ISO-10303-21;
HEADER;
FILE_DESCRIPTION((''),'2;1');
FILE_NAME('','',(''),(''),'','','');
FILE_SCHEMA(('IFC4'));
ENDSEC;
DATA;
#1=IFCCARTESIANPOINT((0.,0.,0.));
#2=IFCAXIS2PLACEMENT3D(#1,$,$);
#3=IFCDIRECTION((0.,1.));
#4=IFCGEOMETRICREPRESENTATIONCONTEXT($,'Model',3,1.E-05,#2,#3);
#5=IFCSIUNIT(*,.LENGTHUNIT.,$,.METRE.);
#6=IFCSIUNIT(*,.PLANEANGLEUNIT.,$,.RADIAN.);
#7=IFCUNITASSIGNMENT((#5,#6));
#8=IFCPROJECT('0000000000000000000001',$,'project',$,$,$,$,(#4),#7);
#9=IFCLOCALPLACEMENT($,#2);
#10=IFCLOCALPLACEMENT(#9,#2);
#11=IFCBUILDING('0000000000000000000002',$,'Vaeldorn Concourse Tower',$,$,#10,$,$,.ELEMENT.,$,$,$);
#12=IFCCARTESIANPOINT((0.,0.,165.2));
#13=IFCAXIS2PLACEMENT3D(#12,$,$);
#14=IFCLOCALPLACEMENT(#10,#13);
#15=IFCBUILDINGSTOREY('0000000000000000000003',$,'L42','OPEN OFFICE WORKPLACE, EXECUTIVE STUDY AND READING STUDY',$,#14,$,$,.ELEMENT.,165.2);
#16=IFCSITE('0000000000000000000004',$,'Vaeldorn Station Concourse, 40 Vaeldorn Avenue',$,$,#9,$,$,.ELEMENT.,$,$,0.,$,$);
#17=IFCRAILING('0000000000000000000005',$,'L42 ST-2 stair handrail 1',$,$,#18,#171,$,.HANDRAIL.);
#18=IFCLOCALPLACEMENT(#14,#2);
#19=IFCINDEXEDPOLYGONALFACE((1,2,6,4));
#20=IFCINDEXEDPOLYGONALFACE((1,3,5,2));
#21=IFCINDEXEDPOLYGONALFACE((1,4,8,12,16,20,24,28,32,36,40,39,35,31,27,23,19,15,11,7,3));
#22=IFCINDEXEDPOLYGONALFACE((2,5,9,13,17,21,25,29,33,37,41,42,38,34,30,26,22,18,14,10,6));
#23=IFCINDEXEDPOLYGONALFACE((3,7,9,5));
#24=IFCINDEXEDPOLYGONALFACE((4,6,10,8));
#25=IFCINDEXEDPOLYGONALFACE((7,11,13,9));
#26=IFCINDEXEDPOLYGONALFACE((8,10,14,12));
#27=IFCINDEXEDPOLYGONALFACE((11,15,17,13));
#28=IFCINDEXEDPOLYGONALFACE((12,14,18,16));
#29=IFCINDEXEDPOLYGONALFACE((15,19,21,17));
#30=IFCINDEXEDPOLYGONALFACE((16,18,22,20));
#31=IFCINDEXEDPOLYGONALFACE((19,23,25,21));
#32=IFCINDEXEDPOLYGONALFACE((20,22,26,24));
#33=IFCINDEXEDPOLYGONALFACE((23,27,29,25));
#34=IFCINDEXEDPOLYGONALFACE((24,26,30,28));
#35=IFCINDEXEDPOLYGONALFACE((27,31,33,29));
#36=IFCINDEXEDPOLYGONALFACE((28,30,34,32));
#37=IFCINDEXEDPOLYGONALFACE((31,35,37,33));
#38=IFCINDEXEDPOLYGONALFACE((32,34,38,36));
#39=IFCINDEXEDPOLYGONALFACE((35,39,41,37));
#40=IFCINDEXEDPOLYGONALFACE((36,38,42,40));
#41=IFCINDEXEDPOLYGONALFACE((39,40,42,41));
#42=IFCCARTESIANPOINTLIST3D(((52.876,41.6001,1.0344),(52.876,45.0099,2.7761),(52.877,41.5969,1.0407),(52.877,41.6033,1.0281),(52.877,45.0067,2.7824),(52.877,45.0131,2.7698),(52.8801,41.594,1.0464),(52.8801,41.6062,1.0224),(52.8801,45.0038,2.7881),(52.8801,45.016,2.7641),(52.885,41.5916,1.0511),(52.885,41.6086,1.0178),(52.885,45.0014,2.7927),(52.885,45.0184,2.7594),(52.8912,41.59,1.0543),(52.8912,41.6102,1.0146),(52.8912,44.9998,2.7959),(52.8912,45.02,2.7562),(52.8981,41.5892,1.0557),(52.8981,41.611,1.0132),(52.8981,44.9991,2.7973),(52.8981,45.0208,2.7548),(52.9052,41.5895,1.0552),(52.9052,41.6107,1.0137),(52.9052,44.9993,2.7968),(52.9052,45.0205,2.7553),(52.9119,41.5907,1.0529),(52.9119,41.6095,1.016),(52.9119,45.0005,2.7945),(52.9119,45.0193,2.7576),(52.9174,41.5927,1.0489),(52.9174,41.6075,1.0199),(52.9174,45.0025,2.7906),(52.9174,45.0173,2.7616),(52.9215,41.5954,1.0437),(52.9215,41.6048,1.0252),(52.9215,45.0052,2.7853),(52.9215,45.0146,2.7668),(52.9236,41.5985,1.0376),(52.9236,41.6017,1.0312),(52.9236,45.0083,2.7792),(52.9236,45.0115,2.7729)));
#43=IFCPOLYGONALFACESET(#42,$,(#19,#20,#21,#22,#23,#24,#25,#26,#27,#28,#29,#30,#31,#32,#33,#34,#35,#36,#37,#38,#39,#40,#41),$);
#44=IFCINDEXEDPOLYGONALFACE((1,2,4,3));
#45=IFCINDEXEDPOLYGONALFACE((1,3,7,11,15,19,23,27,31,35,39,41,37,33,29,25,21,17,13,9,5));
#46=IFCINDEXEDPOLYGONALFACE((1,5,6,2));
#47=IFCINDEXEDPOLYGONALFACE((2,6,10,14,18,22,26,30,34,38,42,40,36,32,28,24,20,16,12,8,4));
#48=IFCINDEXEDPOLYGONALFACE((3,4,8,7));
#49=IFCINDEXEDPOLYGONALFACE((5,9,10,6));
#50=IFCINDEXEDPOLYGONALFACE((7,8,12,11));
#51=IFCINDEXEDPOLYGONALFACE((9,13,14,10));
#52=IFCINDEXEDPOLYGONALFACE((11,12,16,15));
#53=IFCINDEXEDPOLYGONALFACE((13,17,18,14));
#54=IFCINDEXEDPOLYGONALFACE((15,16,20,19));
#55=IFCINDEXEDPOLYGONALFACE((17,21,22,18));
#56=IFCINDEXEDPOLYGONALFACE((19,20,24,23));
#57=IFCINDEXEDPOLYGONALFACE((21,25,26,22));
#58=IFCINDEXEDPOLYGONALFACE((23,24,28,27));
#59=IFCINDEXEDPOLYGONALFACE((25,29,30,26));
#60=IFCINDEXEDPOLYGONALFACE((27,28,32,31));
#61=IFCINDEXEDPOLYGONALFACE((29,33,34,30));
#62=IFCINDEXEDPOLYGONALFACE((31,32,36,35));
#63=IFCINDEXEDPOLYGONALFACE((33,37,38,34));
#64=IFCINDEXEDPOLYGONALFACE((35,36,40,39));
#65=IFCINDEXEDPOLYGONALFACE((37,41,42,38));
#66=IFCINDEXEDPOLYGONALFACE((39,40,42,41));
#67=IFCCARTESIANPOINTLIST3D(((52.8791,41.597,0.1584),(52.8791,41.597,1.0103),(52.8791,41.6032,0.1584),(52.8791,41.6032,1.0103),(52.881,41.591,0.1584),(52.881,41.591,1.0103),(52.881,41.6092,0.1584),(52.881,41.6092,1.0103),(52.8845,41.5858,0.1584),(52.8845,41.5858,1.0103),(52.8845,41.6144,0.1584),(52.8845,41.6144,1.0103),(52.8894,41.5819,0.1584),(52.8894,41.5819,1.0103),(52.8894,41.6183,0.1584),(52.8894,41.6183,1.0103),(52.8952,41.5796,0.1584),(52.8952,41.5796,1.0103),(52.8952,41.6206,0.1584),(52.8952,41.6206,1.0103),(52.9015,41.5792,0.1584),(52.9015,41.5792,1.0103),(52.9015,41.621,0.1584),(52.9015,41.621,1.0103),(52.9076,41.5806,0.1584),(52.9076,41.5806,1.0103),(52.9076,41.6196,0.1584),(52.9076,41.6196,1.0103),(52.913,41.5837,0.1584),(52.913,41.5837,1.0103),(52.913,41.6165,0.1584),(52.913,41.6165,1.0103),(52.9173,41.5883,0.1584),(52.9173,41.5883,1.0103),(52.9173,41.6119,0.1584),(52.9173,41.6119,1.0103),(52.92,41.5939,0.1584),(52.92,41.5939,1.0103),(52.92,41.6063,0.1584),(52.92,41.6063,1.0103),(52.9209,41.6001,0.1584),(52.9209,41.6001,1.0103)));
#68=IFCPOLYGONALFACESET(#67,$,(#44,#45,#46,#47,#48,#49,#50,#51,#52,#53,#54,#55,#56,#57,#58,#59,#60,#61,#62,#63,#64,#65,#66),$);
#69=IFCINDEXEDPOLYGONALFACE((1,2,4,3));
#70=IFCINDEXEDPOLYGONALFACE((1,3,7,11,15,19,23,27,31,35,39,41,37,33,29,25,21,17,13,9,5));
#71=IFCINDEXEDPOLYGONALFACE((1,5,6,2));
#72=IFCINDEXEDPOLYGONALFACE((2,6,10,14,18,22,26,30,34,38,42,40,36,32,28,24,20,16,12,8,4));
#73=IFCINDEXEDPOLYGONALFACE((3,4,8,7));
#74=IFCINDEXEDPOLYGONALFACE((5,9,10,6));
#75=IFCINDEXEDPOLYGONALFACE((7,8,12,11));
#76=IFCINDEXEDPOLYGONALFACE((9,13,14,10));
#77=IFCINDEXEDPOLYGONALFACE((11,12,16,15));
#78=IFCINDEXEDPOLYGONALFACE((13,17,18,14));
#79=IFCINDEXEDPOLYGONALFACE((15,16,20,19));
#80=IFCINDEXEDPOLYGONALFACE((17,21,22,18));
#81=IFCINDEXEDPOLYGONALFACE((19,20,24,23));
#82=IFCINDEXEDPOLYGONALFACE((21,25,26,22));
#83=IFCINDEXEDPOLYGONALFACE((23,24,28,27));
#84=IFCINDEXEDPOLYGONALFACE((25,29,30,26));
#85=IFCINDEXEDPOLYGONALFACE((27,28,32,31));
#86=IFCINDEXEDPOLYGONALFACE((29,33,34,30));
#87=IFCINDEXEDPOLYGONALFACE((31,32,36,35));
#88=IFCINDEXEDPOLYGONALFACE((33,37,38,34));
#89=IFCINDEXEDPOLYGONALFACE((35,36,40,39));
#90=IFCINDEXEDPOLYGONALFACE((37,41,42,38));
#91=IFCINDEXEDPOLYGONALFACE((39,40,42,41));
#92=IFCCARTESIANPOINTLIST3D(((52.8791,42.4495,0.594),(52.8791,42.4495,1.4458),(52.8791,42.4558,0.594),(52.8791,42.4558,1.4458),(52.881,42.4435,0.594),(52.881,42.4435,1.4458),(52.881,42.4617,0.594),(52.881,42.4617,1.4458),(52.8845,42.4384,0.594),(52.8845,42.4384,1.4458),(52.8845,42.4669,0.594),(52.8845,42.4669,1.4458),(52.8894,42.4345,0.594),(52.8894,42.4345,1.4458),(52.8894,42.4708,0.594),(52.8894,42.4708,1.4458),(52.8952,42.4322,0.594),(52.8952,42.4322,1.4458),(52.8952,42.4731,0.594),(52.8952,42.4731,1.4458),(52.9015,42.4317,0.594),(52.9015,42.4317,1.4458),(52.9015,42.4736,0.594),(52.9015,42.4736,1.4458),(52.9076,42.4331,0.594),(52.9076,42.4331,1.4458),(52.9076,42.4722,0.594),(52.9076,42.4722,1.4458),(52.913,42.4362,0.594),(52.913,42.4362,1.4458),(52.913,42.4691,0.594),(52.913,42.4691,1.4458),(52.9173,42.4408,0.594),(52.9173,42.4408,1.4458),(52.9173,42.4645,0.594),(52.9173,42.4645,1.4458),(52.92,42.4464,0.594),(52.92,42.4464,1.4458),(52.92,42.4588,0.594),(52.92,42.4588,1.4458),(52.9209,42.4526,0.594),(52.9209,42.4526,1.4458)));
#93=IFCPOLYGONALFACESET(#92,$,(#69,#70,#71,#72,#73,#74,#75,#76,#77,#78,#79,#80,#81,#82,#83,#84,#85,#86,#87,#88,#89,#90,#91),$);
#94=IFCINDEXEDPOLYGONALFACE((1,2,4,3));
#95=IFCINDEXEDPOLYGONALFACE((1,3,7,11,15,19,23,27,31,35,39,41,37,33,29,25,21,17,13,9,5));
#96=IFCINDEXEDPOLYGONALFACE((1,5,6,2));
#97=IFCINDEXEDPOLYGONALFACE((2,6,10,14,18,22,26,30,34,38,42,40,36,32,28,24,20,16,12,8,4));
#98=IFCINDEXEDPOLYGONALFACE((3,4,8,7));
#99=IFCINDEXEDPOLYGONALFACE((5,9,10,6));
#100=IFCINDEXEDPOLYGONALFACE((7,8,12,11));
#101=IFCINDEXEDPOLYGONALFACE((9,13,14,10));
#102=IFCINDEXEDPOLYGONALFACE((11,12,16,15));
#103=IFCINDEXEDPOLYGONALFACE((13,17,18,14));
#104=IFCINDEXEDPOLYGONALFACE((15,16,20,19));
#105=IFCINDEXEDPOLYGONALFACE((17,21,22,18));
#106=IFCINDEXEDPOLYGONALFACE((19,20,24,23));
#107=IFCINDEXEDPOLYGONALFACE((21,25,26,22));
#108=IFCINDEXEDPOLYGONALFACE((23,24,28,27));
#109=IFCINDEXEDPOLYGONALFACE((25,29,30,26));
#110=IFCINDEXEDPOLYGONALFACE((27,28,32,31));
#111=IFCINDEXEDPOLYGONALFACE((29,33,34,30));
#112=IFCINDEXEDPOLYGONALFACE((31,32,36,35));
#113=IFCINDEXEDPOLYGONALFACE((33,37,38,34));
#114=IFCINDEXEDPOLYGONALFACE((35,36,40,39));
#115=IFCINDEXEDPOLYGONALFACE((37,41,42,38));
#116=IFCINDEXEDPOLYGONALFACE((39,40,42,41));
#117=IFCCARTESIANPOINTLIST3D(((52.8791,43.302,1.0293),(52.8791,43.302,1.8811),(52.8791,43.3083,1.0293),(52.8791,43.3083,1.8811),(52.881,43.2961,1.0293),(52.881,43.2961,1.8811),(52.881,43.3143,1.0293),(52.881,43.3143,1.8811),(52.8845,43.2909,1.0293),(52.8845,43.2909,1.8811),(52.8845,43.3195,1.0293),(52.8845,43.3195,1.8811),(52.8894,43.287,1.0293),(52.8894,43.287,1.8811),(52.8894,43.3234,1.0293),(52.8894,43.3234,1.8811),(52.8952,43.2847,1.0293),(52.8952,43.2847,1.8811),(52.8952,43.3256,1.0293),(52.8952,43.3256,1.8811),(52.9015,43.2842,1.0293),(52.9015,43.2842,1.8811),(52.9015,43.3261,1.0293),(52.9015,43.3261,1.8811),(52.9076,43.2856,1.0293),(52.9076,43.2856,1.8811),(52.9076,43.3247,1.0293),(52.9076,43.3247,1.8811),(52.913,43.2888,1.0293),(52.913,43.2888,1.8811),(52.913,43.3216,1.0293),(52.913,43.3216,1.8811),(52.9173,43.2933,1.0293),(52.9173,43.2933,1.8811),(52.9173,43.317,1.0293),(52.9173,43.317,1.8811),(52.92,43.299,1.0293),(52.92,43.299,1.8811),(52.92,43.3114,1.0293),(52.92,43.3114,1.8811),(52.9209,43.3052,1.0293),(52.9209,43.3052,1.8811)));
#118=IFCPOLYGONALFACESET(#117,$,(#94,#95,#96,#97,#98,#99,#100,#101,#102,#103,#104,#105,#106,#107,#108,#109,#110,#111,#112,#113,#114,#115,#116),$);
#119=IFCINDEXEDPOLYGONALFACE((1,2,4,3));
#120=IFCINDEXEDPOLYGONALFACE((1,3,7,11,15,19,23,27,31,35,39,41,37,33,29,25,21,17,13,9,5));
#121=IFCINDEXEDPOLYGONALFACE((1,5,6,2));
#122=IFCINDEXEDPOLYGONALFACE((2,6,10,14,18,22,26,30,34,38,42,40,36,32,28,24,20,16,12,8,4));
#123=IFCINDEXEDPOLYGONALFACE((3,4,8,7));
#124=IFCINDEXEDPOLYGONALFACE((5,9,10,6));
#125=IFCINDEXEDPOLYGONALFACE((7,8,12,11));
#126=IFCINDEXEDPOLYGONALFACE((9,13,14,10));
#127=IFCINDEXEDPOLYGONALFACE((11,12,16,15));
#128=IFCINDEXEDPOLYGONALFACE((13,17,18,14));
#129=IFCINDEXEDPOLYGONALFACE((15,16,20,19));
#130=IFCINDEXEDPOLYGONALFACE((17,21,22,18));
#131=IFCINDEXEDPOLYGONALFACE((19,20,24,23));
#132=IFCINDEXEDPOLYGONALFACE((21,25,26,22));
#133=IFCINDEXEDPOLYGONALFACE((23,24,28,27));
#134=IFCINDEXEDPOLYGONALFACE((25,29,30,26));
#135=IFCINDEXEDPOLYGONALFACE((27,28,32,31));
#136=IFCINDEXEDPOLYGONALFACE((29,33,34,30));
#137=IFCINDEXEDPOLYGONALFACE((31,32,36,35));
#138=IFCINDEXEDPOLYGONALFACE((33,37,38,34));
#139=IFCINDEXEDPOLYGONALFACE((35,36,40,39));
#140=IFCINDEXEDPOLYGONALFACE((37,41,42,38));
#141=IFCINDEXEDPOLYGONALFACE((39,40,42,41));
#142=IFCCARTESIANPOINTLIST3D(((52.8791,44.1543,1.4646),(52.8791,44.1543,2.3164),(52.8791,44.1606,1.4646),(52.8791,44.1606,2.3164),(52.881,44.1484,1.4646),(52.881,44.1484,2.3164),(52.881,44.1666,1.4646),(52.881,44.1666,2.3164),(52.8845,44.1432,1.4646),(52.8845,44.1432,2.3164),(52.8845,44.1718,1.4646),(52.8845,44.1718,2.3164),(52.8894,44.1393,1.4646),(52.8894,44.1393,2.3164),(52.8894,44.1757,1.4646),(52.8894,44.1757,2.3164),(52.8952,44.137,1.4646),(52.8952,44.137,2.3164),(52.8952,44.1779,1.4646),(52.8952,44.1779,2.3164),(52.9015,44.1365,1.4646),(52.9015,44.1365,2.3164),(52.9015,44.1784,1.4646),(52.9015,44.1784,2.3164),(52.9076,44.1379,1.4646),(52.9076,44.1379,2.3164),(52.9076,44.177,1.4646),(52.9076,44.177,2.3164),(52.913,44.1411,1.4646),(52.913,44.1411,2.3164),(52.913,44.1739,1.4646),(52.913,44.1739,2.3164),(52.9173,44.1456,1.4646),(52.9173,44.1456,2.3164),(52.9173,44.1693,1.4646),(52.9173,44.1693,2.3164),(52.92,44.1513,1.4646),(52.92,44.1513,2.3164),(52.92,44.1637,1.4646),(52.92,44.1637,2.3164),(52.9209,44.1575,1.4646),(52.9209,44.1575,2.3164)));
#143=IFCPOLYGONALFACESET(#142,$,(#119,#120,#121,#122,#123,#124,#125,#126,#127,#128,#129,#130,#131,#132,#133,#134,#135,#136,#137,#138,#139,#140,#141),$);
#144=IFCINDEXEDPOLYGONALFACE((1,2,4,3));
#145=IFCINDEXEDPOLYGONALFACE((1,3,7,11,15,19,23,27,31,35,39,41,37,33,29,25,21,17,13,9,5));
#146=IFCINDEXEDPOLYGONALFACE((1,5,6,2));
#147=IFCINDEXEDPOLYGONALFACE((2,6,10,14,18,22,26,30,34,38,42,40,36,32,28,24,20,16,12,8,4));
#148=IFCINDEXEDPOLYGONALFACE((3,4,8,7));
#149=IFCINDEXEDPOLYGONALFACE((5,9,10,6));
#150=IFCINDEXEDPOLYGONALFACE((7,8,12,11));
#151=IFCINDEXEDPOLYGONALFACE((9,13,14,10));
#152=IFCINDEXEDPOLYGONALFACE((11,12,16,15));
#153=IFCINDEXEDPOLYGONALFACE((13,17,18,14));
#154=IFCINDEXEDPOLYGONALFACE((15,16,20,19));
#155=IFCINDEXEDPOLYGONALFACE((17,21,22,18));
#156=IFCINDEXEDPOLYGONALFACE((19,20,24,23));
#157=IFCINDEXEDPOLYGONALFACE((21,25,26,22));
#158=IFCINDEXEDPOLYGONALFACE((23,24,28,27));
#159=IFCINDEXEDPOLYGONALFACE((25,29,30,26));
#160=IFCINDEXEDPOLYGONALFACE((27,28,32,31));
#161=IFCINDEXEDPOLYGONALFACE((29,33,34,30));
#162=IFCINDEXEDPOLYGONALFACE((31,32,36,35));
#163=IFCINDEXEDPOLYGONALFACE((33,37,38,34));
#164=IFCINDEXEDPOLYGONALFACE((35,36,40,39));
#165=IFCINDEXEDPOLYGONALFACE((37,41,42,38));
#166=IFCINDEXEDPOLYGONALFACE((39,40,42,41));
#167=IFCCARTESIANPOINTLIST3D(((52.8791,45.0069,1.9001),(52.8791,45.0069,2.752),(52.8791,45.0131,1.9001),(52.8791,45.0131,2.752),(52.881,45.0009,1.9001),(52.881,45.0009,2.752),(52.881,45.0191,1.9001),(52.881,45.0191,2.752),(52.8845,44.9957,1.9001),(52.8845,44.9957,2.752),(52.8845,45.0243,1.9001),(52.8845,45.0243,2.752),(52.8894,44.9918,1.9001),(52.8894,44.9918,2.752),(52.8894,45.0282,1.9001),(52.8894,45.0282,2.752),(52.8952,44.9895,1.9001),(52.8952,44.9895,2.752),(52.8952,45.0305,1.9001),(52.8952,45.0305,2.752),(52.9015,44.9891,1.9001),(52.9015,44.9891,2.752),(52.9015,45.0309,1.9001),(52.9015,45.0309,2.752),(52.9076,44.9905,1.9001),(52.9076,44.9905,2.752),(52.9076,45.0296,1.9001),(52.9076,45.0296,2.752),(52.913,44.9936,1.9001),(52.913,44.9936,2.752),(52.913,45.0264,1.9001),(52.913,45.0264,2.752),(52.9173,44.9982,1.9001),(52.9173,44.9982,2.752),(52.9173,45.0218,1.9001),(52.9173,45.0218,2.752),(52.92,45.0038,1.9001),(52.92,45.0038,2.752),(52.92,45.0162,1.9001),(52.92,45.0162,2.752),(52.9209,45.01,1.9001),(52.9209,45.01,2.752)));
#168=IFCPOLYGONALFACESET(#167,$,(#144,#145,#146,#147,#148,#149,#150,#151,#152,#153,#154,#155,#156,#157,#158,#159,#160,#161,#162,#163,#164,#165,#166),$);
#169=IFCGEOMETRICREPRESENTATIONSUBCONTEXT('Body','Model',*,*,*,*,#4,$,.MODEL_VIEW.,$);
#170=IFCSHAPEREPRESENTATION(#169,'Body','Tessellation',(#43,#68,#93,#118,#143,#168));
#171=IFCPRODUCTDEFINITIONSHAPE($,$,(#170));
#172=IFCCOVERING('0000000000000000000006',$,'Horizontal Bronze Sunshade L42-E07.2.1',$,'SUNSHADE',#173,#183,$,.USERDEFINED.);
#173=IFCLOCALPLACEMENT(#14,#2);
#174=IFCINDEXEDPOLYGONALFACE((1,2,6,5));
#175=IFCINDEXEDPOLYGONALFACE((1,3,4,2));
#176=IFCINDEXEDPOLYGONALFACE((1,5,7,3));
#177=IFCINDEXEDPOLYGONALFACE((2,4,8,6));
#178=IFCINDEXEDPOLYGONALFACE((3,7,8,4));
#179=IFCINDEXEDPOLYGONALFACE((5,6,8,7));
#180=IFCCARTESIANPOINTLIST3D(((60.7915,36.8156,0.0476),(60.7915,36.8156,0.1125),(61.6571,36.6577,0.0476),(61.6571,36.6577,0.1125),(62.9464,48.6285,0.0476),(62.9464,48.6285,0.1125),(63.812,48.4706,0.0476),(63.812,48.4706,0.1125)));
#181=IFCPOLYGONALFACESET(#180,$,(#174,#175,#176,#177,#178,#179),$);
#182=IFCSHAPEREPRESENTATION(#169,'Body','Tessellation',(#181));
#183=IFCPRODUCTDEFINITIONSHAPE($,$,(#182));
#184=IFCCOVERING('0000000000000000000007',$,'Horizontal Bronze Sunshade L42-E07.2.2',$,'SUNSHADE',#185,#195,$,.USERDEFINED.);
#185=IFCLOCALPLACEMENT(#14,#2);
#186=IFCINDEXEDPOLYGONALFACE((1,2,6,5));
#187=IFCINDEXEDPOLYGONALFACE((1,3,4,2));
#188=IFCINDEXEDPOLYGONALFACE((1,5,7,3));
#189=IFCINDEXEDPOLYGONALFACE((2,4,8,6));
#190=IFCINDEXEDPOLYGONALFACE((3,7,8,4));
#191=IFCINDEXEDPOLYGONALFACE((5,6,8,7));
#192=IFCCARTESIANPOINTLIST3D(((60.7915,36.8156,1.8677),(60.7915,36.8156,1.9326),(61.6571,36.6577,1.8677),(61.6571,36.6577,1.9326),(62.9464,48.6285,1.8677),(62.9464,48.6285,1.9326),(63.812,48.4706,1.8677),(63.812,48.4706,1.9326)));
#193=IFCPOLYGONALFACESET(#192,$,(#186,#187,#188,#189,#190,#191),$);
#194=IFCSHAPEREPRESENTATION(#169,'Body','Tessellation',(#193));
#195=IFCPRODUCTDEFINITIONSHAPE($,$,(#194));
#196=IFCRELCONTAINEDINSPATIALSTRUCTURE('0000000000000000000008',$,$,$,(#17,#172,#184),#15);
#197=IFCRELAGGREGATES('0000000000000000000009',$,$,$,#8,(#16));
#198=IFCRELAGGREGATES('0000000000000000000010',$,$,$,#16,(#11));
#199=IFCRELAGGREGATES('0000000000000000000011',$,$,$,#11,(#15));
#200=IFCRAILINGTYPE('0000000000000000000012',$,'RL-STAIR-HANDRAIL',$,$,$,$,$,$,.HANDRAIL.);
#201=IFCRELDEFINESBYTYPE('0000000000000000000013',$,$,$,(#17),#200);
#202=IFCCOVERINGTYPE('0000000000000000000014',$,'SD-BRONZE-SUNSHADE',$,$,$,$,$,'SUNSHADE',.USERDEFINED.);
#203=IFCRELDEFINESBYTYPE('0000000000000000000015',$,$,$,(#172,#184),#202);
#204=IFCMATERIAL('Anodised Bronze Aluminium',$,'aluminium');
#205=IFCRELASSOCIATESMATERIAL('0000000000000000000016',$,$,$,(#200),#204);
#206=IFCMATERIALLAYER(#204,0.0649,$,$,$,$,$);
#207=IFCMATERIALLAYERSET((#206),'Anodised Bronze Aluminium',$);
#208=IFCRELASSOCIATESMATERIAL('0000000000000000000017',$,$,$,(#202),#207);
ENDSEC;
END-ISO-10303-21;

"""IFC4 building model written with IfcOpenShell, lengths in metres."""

from ifc_helpers import new_model, si_unit, direction, frame, origin, origin_2d, place, context, subcontext, project, spatial, rectangle, circle, extrude, source, transform, mapped, material, layer, layer_set, type_object, element, save


model = new_model("IFC4")

# Units and contexts
model_context = context("Model", 3, precision=1e-05, world=origin(), true_north=direction((0.0, 1.0)))
body_context = subcontext(model_context, "Body", "Model", "MODEL_VIEW")
ifc_project = project(units=[si_unit("LENGTHUNIT", "METRE"), si_unit("PLANEANGLEUNIT", "RADIAN")], contexts=[model_context])

# Site, building, storey
site_placement = place(None, origin())
site = spatial("IfcSite", under=ifc_project, at=site_placement, Name="Vaeldorn Station Concourse, 40 Vaeldorn Avenue", CompositionType="ELEMENT", RefElevation=0.0)
building_placement = place(site_placement, origin())
building = spatial("IfcBuilding", under=site, at=building_placement, Name="Vaeldorn Concourse Tower", CompositionType="ELEMENT")
storey_placement = place(building_placement, frame((0.0, 0.0, 165.2)))
storey = spatial("IfcBuildingStorey", under=building, at=storey_placement, Name="L42", Description="OPEN OFFICE WORKPLACE, EXECUTIVE STUDY AND READING STUDY", CompositionType="ELEMENT", Elevation=165.2)

# Shared definitions
ifc_material_1 = material(Name="Anodised Bronze Aluminium", Category="aluminium")

# Railing
railing_type_1 = type_object("IfcRailingType", Name="RL-STAIR-HANDRAIL", PredefinedType="HANDRAIL", material=ifc_material_1)
railing_1_placement = place(storey_placement, frame((52.8999, 41.6001, 0.1584)))
element("IfcRailing", 1, at=railing_1_placement, inside=storey, type_object=railing_type_1, Name="L42 ST-2 stair handrail 1", PredefinedType="HANDRAIL", context=body_context, shape_type="SweptSolid", body=[
    extrude(circle(Radius=0.0239, at=origin_2d()), frame((0.0, 0.0, 0.876), z_axis=(0.0, 0.890556, 0.454874), x_axis=(-1.0, 0.0, 0.0)), (0.0, 0.0, 1.0), 3.8289),
    extrude(circle(Radius=0.021, at=origin_2d()), origin(), (0.0, 0.0, 1.0), 0.8518),
    extrude(circle(Radius=0.021, at=origin_2d()), frame((0.0, 0.8525, 0.4355)), (0.0, 0.0, 1.0), 0.8518),
    extrude(circle(Radius=0.021, at=origin_2d()), frame((0.0, 1.7051, 0.8708)), (0.0, 0.0, 1.0), 0.8518),
    extrude(circle(Radius=0.021, at=origin_2d()), frame((0.0, 2.5574, 1.3062)), (0.0, 0.0, 1.0), 0.8518),
    extrude(circle(Radius=0.021, at=origin_2d()), frame((0.0, 3.4099, 1.7417)), (0.0, 0.0, 1.0), 0.8518),
])

# Coverings
ifc_layer_1 = layer(ifc_material_1, 0.0649)
ifc_layer_set_1 = layer_set([ifc_layer_1], Name="Anodised Bronze Aluminium")
covering_type = type_object("IfcCoveringType", Name="SD-BRONZE-SUNSHADE", ElementType="SUNSHADE", PredefinedType="USERDEFINED", material=ifc_layer_set_1)
shared_shape_1 = source(origin(), body_context, "Body", "SweptSolid", [
    extrude(rectangle(XDim=12.0078, YDim=0.8799, at=origin_2d()), origin(), (0.0, 0.0, 1.0), 0.0649),
])
for number, where, z_axis, x_axis, name in (
    (2, (62.3018, 42.6431, 0.0476), (0.0, 0.0, 1.0), (0.179455, 0.983766, 0.0), "Horizontal Bronze Sunshade L42-E07.2.1"),
    (3, (62.3018, 42.6431, 1.8677), (0.0, 0.0, 1.0), (0.179455, 0.983766, 0.0), "Horizontal Bronze Sunshade L42-E07.2.2"),
):
    element("IfcCovering", number, at=place(storey_placement, frame(where, z_axis=z_axis, x_axis=x_axis)), inside=storey, type_object=covering_type, Name=name, ObjectType="SUNSHADE", PredefinedType="USERDEFINED", context=body_context, shape_type="MappedRepresentation", body=[
        mapped(shared_shape_1, transform((0.0, 0.0, 0.0), scale=1.0)),
    ])

save(model, "model.ifc")
